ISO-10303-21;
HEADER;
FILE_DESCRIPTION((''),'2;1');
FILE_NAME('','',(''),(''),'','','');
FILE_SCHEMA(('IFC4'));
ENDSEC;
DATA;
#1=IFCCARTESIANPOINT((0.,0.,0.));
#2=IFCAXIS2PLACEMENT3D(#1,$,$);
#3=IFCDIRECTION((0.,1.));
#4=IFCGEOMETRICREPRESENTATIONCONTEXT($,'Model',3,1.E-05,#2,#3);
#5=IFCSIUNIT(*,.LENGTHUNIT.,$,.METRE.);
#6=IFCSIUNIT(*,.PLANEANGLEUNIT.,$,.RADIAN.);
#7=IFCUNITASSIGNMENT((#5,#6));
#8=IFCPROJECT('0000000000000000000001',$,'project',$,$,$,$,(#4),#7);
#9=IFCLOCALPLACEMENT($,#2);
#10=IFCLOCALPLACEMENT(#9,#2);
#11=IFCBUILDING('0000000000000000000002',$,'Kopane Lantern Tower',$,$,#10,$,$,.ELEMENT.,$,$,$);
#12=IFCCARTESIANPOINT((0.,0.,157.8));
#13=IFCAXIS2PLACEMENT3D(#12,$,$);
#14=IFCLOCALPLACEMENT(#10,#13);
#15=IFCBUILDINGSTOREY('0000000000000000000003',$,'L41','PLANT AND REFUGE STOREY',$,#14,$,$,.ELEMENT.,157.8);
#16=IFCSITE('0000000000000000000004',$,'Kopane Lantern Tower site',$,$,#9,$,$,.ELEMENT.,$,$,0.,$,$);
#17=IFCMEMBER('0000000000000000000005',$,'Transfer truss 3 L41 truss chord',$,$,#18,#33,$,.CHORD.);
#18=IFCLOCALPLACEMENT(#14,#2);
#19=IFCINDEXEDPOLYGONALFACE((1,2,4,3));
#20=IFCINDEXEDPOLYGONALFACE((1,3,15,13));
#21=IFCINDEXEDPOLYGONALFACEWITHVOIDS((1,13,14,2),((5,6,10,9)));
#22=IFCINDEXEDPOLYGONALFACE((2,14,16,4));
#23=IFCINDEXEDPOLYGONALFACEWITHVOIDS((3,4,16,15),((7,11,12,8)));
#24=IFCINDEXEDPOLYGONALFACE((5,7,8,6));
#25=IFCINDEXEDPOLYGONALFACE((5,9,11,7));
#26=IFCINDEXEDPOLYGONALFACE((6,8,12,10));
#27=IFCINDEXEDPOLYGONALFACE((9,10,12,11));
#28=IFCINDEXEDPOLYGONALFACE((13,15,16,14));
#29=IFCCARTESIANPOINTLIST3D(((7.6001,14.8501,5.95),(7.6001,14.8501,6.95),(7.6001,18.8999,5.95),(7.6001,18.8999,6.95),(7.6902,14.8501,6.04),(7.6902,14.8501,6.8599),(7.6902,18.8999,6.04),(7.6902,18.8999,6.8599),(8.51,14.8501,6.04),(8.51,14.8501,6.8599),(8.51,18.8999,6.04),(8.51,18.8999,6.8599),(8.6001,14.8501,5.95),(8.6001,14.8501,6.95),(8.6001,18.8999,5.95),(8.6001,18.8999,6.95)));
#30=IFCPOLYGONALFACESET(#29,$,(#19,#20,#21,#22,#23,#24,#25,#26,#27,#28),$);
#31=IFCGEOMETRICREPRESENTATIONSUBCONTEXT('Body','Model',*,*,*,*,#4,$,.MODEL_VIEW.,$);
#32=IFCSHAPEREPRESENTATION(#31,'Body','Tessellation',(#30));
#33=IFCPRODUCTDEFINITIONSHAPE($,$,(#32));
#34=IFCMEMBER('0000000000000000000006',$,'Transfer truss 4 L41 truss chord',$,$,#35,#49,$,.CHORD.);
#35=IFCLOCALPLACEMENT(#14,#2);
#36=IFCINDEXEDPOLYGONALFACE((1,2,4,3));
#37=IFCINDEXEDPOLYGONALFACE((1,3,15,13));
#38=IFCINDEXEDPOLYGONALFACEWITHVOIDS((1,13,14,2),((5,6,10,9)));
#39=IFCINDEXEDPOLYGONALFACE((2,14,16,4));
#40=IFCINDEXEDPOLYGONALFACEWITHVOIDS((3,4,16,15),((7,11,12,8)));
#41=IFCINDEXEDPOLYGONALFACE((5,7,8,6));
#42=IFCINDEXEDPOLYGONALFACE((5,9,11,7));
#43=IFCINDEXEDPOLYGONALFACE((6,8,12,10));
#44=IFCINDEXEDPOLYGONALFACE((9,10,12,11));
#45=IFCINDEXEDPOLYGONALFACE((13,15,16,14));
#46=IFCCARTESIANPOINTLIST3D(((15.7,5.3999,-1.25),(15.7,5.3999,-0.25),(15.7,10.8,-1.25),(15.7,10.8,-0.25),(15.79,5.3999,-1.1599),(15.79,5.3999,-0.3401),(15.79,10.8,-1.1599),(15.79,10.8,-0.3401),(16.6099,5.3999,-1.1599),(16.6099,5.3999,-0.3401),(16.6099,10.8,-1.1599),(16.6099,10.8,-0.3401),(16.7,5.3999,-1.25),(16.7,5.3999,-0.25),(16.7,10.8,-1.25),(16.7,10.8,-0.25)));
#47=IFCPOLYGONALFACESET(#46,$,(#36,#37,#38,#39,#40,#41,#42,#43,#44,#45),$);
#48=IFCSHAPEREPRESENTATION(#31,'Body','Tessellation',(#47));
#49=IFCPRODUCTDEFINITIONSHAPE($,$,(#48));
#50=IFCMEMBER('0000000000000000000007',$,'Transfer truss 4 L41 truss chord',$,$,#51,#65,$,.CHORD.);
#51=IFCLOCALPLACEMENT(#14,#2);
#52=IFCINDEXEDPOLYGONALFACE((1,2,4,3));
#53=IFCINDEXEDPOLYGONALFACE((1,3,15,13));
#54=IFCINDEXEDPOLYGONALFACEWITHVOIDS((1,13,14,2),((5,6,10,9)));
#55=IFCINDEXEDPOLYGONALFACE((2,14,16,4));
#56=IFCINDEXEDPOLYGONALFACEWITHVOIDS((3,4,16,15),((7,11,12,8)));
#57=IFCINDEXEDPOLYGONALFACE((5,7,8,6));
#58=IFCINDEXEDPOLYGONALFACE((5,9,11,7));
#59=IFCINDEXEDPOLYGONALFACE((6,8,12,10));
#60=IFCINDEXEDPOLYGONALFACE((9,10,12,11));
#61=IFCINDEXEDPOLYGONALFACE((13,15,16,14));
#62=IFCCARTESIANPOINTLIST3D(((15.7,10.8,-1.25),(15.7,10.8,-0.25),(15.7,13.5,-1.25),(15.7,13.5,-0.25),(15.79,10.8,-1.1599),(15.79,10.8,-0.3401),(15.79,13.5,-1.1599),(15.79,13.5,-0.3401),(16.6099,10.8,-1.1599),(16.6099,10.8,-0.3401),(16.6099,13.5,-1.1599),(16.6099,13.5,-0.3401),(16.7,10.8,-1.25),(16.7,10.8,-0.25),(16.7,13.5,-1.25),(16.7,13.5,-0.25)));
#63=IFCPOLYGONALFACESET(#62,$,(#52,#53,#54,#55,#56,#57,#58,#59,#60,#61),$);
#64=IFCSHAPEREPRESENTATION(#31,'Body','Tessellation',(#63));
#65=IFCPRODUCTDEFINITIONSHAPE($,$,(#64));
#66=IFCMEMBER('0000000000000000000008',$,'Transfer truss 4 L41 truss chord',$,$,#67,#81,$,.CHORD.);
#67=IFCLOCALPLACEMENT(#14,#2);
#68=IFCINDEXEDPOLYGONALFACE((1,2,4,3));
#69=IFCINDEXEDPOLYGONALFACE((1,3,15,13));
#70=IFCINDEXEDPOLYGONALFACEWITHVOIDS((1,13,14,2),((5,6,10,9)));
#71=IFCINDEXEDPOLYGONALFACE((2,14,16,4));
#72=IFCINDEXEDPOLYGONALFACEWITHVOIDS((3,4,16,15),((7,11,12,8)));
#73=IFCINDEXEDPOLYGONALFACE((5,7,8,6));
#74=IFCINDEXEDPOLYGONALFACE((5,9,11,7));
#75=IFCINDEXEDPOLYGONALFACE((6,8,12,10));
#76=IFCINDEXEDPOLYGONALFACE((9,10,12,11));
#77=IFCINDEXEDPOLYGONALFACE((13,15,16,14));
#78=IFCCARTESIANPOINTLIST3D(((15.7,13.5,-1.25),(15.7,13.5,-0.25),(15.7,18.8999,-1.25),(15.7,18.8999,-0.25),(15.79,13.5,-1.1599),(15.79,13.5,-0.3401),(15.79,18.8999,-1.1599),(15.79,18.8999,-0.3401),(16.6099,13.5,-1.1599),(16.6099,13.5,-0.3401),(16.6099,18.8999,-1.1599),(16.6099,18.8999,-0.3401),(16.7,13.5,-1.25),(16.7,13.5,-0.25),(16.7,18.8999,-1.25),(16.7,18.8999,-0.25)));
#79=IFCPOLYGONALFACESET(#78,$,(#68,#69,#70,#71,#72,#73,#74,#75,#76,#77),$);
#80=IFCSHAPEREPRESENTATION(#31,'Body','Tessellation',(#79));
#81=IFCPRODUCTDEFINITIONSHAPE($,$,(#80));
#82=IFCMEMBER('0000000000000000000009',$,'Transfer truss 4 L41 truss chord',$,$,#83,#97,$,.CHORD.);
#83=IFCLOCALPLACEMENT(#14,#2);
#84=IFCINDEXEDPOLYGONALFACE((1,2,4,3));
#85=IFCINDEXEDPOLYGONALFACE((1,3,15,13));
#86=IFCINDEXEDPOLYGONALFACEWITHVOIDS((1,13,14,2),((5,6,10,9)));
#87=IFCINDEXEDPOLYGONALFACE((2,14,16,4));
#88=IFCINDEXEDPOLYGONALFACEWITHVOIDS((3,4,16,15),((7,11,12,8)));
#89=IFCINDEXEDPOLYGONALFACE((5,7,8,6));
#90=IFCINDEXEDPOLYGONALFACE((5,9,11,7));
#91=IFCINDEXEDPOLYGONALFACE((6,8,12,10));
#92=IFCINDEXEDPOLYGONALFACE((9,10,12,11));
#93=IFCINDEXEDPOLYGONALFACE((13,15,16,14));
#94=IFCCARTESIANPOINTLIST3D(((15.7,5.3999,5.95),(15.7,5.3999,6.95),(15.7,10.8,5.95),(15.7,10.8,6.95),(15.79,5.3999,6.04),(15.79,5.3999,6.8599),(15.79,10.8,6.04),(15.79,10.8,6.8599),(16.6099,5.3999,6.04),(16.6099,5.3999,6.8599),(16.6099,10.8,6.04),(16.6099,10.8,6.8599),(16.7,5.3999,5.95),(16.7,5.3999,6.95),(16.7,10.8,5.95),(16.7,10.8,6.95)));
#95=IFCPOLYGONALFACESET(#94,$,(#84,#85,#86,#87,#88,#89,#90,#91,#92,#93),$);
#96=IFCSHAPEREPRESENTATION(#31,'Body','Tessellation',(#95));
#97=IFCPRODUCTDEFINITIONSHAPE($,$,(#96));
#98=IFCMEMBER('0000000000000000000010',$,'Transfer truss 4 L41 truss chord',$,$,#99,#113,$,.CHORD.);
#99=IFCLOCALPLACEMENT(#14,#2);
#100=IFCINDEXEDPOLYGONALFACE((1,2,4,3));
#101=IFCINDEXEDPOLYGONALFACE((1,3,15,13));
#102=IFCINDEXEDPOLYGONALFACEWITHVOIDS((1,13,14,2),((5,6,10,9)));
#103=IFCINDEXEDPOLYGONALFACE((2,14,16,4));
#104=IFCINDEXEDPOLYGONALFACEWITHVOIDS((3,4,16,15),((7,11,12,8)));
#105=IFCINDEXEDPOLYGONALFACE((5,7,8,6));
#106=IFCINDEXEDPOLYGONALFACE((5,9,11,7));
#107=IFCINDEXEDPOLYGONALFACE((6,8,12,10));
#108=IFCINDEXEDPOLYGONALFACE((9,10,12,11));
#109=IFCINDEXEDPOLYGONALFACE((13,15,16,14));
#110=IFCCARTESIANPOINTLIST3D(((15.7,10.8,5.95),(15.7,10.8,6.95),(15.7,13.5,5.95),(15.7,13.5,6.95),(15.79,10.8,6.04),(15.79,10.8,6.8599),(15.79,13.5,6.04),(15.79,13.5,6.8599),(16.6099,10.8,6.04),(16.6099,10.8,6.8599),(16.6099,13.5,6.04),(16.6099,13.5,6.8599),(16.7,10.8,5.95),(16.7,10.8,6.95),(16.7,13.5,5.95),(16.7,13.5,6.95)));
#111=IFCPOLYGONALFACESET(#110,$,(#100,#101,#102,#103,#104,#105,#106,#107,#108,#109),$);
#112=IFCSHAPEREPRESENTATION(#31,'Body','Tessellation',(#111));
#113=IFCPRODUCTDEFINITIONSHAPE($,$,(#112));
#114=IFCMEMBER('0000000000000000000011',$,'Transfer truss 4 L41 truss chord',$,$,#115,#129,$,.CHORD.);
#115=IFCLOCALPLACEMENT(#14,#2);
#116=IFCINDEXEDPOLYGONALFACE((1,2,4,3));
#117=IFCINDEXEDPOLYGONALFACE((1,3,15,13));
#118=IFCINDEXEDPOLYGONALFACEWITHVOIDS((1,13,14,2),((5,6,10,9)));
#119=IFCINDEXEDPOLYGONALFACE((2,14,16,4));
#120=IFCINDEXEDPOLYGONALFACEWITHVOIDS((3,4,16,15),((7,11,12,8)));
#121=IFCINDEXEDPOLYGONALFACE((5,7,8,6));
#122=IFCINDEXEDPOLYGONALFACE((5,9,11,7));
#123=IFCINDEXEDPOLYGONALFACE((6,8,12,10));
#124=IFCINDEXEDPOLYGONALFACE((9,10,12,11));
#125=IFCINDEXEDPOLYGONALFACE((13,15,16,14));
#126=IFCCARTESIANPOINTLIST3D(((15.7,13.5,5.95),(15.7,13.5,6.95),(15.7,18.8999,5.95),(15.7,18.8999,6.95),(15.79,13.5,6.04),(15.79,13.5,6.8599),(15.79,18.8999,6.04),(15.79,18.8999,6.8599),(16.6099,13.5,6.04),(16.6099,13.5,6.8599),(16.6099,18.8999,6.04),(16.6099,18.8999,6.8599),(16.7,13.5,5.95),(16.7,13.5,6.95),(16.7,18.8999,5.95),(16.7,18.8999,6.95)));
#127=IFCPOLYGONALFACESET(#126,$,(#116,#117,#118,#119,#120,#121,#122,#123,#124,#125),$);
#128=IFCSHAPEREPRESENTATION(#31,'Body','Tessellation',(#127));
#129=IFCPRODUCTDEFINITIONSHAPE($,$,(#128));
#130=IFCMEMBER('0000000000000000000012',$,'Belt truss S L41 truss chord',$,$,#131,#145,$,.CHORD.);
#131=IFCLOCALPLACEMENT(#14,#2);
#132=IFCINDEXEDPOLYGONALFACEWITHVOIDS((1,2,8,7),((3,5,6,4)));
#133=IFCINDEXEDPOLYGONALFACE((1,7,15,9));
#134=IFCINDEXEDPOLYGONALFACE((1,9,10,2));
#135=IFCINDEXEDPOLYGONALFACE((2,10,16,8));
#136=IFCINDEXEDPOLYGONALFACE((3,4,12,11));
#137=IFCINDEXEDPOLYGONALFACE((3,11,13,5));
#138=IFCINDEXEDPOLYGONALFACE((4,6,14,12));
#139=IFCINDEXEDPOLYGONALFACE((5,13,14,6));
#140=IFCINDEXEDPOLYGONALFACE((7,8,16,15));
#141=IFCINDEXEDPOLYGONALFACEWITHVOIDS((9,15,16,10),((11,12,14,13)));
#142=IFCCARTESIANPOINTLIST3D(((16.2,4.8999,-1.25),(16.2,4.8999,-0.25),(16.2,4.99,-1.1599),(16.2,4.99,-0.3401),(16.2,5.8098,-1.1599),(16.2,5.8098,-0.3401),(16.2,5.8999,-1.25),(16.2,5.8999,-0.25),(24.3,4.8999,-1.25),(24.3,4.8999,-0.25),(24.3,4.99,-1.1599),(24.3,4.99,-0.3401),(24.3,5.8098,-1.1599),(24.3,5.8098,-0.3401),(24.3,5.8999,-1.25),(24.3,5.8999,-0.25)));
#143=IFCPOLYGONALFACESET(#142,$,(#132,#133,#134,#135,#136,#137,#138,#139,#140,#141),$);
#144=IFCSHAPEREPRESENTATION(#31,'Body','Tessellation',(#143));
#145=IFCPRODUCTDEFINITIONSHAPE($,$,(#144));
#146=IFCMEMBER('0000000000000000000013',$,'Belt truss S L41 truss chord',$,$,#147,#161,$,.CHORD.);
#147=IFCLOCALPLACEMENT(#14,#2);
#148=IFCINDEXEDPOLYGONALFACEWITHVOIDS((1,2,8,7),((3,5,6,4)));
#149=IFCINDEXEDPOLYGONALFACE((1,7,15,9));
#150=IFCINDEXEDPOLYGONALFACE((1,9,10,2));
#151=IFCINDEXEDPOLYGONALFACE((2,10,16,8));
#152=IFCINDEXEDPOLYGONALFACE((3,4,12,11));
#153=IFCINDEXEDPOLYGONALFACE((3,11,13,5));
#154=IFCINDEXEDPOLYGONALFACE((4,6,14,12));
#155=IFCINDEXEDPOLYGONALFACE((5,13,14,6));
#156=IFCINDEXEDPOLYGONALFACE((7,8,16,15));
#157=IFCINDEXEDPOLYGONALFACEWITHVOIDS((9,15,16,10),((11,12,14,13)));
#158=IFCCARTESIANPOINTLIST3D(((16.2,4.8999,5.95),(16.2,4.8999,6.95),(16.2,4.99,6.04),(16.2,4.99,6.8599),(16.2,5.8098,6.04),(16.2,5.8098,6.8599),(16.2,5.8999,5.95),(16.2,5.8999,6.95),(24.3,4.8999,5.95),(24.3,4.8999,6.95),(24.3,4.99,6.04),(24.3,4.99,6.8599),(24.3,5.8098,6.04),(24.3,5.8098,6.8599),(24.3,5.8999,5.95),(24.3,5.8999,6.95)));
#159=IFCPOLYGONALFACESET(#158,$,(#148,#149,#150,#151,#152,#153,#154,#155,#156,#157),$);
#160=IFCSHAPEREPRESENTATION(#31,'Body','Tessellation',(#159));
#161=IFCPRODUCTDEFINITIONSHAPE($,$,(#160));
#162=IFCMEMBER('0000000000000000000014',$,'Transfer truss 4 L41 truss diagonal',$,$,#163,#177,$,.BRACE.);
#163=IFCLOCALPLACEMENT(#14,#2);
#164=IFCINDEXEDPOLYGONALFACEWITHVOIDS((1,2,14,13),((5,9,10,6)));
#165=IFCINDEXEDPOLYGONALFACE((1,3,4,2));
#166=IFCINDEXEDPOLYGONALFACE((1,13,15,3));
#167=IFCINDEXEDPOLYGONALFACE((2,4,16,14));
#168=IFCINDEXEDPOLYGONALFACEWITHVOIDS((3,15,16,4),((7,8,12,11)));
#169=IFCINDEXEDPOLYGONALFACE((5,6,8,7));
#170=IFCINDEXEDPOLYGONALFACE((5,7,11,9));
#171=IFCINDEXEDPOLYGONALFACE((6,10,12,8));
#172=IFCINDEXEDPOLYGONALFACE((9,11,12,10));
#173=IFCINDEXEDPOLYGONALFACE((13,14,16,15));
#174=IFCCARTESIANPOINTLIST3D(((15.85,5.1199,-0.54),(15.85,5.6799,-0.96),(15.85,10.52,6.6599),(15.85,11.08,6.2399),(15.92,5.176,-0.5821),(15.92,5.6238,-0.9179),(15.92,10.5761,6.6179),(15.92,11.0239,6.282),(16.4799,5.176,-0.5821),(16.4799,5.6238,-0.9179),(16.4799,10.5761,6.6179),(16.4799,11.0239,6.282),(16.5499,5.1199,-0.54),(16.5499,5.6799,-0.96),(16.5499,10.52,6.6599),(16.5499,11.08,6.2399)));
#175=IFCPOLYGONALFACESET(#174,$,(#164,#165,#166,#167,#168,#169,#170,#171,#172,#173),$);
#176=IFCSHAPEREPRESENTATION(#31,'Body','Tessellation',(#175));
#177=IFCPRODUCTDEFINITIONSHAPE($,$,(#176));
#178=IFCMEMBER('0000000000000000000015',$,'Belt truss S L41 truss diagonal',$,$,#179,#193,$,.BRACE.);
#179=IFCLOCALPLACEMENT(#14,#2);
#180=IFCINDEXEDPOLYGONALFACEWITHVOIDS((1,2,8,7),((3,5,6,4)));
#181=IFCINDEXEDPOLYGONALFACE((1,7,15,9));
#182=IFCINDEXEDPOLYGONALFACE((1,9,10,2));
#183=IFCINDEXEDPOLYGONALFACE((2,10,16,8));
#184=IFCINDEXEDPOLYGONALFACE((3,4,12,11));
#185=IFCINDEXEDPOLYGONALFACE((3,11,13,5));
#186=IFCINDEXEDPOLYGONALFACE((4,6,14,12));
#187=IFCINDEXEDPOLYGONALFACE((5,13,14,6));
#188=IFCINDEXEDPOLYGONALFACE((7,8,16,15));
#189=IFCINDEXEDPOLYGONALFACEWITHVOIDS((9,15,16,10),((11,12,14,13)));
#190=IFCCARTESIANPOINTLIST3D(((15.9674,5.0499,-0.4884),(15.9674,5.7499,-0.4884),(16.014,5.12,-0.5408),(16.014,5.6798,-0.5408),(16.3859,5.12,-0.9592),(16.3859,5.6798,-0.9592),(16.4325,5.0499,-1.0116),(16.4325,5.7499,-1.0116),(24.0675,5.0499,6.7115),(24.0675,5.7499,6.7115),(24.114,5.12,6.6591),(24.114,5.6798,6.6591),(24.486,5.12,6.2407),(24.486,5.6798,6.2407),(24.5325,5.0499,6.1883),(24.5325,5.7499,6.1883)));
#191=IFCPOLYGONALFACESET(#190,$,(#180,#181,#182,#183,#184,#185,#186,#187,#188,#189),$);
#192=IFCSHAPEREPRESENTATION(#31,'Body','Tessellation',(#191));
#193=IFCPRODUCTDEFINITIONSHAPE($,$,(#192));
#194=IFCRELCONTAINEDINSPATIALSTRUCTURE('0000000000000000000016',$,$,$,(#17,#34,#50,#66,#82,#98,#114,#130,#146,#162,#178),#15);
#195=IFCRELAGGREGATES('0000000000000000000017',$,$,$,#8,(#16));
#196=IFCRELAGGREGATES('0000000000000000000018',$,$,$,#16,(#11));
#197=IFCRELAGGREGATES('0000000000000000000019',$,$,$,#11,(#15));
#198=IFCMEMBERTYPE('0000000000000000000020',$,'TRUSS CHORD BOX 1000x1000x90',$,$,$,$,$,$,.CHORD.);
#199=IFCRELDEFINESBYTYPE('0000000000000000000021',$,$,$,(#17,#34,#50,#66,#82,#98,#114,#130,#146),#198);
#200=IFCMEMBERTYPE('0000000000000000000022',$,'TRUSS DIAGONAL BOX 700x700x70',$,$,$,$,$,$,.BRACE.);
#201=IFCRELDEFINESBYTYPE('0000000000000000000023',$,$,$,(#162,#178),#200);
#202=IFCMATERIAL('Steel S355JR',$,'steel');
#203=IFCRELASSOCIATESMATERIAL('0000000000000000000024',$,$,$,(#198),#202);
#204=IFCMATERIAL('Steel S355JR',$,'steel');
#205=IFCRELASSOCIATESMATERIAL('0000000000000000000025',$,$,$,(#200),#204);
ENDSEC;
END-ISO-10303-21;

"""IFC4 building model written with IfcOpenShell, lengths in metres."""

from ifc_helpers import new_model, si_unit, direction, frame, origin, origin_2d, place, context, subcontext, project, spatial, hollow_rectangle, extrude, material, material_profile, profile_set, type_object, element, save


model = new_model("IFC4")

# Units and contexts
model_context = context("Model", 3, precision=1e-05, world=origin(), true_north=direction((0.0, 1.0)))
body_context = subcontext(model_context, "Body", "Model", "MODEL_VIEW")
ifc_project = project(units=[si_unit("LENGTHUNIT", "METRE"), si_unit("PLANEANGLEUNIT", "RADIAN")], contexts=[model_context])

# Site, building, storey
site_placement = place(None, origin())
site = spatial("IfcSite", under=ifc_project, at=site_placement, Name="Kopane Lantern Tower site", CompositionType="ELEMENT", RefElevation=0.0)
building_placement = place(site_placement, origin())
building = spatial("IfcBuilding", under=site, at=building_placement, Name="Kopane Lantern Tower", CompositionType="ELEMENT")
storey_placement = place(building_placement, frame((0.0, 0.0, 157.8)))
storey = spatial("IfcBuildingStorey", under=building, at=storey_placement, Name="L41", Description="PLANT AND REFUGE STOREY", CompositionType="ELEMENT", Elevation=157.8)

# Members
ifc_material_1 = material(Name="Steel S355JR", Category="steel")
ifc_material_profile_1 = material_profile(ifc_material_1, hollow_rectangle(XDim=1.0, YDim=1.0, WallThickness=0.0901, at=origin_2d()), Name="BOX 1000x1000x90")
ifc_profile_set_1 = profile_set([ifc_material_profile_1], Name="Steel S355JR")
member_type_1 = type_object("IfcMemberType", Name="TRUSS CHORD BOX 1000x1000x90", PredefinedType="CHORD", material=ifc_profile_set_1)
member_1_placement = place(storey_placement, frame((8.1001, 14.8501, 6.45), z_axis=(0.0, 1.0, 0.0), x_axis=(-1.0, 0.0, 0.0)))
element("IfcMember", 1, at=member_1_placement, inside=storey, type_object=member_type_1, Name="Transfer truss 3 L41 truss chord", PredefinedType="CHORD", context=body_context, shape_type="SweptSolid", body=[
    extrude(hollow_rectangle(XDim=1.0, YDim=1.0, WallThickness=0.0901, at=origin_2d()), origin(), (0.0, 0.0, 1.0), 4.0498),
])
member_2_placement = place(storey_placement, frame((16.2, 5.3999, -0.75), z_axis=(0.0, 1.0, 0.0), x_axis=(-1.0, 0.0, 0.0)))
element("IfcMember", 2, at=member_2_placement, inside=storey, type_object=member_type_1, Name="Transfer truss 4 L41 truss chord", PredefinedType="CHORD", context=body_context, shape_type="SweptSolid", body=[
    extrude(hollow_rectangle(XDim=1.0, YDim=1.0, WallThickness=0.0901, at=origin_2d()), origin(), (0.0, 0.0, 1.0), 5.4001),
])
member_3_placement = place(storey_placement, frame((16.2, 10.8, -0.75), z_axis=(0.0, 1.0, 0.0), x_axis=(-1.0, 0.0, 0.0)))
element("IfcMember", 3, at=member_3_placement, inside=storey, type_object=member_type_1, Name="Transfer truss 4 L41 truss chord", PredefinedType="CHORD", context=body_context, shape_type="SweptSolid", body=[
    extrude(hollow_rectangle(XDim=1.0, YDim=1.0, WallThickness=0.0901, at=origin_2d()), origin(), (0.0, 0.0, 1.0), 2.7),
])
member_4_placement = place(storey_placement, frame((16.2, 13.5, -0.75), z_axis=(0.0, 1.0, 0.0), x_axis=(-1.0, 0.0, 0.0)))
element("IfcMember", 4, at=member_4_placement, inside=storey, type_object=member_type_1, Name="Transfer truss 4 L41 truss chord", PredefinedType="CHORD", context=body_context, shape_type="SweptSolid", body=[
    extrude(hollow_rectangle(XDim=1.0, YDim=1.0, WallThickness=0.0901, at=origin_2d()), origin(), (0.0, 0.0, 1.0), 5.3999),
])
member_5_placement = place(storey_placement, frame((16.2, 5.3999, 6.45), z_axis=(0.0, 1.0, 0.0), x_axis=(-1.0, 0.0, 0.0)))
element("IfcMember", 5, at=member_5_placement, inside=storey, type_object=member_type_1, Name="Transfer truss 4 L41 truss chord", PredefinedType="CHORD", context=body_context, shape_type="SweptSolid", body=[
    extrude(hollow_rectangle(XDim=1.0, YDim=1.0, WallThickness=0.0901, at=origin_2d()), origin(), (0.0, 0.0, 1.0), 5.4001),
])
member_6_placement = place(storey_placement, frame((16.2, 10.8, 6.45), z_axis=(0.0, 1.0, 0.0), x_axis=(-1.0, 0.0, 0.0)))
element("IfcMember", 6, at=member_6_placement, inside=storey, type_object=member_type_1, Name="Transfer truss 4 L41 truss chord", PredefinedType="CHORD", context=body_context, shape_type="SweptSolid", body=[
    extrude(hollow_rectangle(XDim=1.0, YDim=1.0, WallThickness=0.0901, at=origin_2d()), origin(), (0.0, 0.0, 1.0), 2.7),
])
member_7_placement = place(storey_placement, frame((16.2, 13.5, 6.45), z_axis=(0.0, 1.0, 0.0), x_axis=(-1.0, 0.0, 0.0)))
element("IfcMember", 7, at=member_7_placement, inside=storey, type_object=member_type_1, Name="Transfer truss 4 L41 truss chord", PredefinedType="CHORD", context=body_context, shape_type="SweptSolid", body=[
    extrude(hollow_rectangle(XDim=1.0, YDim=1.0, WallThickness=0.0901, at=origin_2d()), origin(), (0.0, 0.0, 1.0), 5.3999),
])
for number, where, z_axis, x_axis, name in (
    (8, (16.2, 5.3999, -0.75), (1.0, 0.0, 0.0), (0.0, 1.0, 0.0), "Belt truss S L41 truss chord"),
    (9, (16.2, 5.3999, 6.45), (1.0, 0.0, 0.0), (0.0, 1.0, 0.0), "Belt truss S L41 truss chord"),
):
    element("IfcMember", number, at=place(storey_placement, frame(where, z_axis=z_axis, x_axis=x_axis)), inside=storey, type_object=member_type_1, Name=name, PredefinedType="CHORD", context=body_context, shape_type="SweptSolid", body=[
        extrude(hollow_rectangle(XDim=1.0, YDim=1.0, WallThickness=0.0901, at=origin_2d()), origin(), (0.0, 0.0, 1.0), 8.1001),
    ])
ifc_material_2 = material(Name="Steel S355JR", Category="steel")
ifc_material_profile_2 = material_profile(ifc_material_2, hollow_rectangle(XDim=0.7, YDim=0.7, WallThickness=0.0701, at=origin_2d()), Name="BOX 700x700x70")
ifc_profile_set_2 = profile_set([ifc_material_profile_2], Name="Steel S355JR")
member_type_2 = type_object("IfcMemberType", Name="TRUSS DIAGONAL BOX 700x700x70", PredefinedType="BRACE", material=ifc_profile_set_2)
member_8_placement = place(storey_placement, frame((16.2, 5.3999, -0.75), z_axis=(0.0, 0.600013, 0.79999), x_axis=(-1.0, 0.0, 0.0)))
element("IfcMember", 10, at=member_8_placement, inside=storey, type_object=member_type_2, Name="Transfer truss 4 L41 truss diagonal", PredefinedType="BRACE", context=body_context, shape_type="SweptSolid", body=[
    extrude(hollow_rectangle(XDim=0.7, YDim=0.7, WallThickness=0.0701, at=origin_2d()), origin(), (0.0, 0.0, 1.0), 9.0),
])
member_9_placement = place(storey_placement, frame((16.2, 5.3999, -0.75), z_axis=(0.747416, 0.0, 0.664357), x_axis=(0.0, 1.0, 0.0)))
element("IfcMember", 11, at=member_9_placement, inside=storey, type_object=member_type_2, Name="Belt truss S L41 truss diagonal", PredefinedType="BRACE", context=body_context, shape_type="SweptSolid", body=[
    extrude(hollow_rectangle(XDim=0.7, YDim=0.7, WallThickness=0.0701, at=origin_2d()), origin(), (0.0, 0.0, 1.0), 10.8374),
])

save(model, "model.ifc")
